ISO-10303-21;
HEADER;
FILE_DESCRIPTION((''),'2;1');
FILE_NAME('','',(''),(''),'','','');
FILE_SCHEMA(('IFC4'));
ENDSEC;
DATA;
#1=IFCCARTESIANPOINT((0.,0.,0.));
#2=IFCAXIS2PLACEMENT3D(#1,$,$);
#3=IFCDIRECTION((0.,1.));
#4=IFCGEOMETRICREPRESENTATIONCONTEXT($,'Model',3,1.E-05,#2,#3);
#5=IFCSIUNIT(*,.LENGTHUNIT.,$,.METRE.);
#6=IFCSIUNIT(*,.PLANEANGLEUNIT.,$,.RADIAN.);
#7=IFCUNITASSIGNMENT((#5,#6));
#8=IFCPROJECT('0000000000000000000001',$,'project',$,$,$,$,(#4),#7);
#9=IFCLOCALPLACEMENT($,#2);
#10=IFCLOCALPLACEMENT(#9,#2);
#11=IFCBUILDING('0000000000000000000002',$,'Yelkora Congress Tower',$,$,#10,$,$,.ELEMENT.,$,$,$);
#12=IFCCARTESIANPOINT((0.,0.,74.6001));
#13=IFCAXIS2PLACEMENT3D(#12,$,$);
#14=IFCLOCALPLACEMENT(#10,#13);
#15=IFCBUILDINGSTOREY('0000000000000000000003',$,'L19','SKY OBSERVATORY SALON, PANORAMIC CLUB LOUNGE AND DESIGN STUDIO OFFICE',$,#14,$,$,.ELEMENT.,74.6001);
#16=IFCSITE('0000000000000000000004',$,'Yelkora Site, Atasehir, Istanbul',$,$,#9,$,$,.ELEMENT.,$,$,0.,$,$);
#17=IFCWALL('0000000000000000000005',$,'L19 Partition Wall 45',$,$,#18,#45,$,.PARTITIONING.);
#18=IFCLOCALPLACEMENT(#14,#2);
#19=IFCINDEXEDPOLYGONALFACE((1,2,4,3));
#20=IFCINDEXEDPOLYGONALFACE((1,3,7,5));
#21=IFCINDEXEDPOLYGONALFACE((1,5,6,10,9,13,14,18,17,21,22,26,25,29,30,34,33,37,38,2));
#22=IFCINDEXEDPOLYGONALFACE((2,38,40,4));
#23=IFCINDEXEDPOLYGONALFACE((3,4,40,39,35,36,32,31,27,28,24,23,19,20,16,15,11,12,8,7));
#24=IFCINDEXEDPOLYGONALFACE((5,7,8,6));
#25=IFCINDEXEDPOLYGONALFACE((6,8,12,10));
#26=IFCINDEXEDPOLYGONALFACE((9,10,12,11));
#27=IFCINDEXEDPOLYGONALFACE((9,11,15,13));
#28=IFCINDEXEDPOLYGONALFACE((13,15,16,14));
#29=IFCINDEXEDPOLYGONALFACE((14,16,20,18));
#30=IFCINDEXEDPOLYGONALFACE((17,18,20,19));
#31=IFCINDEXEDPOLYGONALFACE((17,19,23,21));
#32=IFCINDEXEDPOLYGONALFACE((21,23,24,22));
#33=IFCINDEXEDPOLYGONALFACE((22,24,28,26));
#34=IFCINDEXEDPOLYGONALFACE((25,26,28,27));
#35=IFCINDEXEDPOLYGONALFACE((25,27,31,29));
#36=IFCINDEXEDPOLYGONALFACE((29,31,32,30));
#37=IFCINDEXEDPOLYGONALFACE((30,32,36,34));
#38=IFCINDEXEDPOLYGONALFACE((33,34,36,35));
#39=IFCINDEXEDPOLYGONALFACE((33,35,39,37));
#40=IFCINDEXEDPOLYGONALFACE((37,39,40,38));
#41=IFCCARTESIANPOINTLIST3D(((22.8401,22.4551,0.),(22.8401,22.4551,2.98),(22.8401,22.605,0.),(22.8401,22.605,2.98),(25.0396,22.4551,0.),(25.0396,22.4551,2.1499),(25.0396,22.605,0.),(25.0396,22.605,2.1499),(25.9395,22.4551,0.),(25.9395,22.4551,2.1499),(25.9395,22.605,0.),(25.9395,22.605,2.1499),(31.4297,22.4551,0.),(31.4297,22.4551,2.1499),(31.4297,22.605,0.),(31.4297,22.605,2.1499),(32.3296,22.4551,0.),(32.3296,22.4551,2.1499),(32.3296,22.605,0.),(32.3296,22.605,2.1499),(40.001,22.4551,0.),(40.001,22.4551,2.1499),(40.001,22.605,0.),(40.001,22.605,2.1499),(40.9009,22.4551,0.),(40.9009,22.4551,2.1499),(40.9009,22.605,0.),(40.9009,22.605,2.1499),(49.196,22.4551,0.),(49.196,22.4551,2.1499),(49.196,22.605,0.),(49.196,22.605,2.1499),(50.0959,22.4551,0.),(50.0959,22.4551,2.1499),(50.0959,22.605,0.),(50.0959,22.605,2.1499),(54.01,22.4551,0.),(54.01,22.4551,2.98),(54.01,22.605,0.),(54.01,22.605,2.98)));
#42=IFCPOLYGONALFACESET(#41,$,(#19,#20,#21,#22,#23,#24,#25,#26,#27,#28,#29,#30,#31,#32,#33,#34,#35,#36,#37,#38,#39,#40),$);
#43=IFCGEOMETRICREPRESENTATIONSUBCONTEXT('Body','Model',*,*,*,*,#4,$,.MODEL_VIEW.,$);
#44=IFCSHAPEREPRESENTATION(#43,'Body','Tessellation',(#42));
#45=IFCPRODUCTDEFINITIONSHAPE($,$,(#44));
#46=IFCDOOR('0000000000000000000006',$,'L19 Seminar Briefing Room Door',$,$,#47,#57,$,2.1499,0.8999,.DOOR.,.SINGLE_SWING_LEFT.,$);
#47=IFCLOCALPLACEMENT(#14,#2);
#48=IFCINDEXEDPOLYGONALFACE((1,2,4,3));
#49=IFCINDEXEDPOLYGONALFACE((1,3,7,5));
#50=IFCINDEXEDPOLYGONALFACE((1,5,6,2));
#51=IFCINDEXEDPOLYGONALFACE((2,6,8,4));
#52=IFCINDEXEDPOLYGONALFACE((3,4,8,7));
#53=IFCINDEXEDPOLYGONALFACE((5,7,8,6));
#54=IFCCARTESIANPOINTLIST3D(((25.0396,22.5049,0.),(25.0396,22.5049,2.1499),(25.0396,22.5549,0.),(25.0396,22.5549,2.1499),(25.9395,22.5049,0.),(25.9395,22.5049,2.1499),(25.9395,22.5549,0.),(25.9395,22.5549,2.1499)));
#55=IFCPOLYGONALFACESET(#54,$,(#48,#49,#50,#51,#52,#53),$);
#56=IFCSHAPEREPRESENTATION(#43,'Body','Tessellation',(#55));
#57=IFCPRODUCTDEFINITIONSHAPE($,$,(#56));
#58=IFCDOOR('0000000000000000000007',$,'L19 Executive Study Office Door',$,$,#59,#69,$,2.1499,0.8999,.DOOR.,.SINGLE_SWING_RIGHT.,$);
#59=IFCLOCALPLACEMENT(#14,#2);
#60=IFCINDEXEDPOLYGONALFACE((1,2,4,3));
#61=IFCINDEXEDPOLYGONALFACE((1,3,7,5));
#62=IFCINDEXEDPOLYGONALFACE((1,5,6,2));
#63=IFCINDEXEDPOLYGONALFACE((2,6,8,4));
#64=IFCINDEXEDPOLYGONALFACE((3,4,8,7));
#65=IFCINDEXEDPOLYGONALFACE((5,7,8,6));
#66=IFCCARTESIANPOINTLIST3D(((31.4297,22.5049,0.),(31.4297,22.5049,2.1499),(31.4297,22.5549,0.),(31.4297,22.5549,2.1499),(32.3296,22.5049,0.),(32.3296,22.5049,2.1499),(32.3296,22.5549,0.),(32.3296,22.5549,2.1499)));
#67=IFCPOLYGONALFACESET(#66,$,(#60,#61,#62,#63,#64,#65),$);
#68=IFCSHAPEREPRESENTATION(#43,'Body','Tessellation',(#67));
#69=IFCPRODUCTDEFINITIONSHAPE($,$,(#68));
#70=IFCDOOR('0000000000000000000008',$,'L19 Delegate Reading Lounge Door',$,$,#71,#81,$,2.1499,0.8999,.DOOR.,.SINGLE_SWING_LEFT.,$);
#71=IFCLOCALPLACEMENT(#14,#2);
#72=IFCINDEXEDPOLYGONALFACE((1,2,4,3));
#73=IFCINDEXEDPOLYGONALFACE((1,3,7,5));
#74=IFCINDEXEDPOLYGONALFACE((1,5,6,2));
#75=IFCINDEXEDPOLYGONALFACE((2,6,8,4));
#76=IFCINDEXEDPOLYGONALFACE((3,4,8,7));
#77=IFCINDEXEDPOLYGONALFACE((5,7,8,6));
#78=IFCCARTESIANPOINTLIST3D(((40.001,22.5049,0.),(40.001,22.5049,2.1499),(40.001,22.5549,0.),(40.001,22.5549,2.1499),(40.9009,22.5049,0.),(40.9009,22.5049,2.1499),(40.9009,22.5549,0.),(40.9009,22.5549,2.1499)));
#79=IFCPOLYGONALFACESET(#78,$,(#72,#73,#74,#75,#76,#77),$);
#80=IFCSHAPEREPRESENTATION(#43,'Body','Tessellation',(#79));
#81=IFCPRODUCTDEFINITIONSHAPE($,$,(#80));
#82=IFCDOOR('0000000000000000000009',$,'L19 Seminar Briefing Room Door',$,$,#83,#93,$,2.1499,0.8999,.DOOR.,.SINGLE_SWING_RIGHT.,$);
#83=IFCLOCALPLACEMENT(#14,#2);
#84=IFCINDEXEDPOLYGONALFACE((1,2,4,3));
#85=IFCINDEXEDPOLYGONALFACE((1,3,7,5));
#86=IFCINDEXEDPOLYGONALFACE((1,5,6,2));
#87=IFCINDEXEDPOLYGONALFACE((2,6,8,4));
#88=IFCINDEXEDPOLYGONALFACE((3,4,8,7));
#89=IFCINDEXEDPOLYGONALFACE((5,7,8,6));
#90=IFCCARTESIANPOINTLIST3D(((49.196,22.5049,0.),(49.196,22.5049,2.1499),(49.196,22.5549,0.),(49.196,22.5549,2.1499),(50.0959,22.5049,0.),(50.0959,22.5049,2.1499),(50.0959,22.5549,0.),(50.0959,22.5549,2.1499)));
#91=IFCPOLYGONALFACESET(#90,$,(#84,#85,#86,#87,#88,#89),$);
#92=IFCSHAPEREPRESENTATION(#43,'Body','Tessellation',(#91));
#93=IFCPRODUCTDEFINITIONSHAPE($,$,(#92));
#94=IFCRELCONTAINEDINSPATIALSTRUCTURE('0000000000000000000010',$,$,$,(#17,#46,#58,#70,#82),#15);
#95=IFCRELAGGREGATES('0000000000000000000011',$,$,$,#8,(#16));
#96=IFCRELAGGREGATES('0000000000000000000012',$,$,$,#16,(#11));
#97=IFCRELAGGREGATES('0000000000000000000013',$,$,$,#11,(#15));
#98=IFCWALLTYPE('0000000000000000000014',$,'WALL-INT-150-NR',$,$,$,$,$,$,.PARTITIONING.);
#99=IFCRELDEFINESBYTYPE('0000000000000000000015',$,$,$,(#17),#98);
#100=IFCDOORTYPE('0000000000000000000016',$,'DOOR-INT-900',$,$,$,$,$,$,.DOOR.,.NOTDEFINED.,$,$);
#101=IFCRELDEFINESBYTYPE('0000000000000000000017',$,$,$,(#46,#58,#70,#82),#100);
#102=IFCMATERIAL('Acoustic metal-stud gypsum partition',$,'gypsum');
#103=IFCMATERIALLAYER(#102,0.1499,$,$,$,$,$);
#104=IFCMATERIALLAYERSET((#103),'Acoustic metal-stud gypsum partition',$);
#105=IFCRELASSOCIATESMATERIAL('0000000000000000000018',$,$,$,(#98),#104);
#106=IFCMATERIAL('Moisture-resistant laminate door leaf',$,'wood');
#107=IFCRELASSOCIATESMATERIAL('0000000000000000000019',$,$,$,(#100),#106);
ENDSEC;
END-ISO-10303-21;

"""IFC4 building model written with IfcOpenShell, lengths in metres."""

from ifc_helpers import new_model, si_unit, direction, frame, frame_2d, origin, place, context, subcontext, project, spatial, rectangle, extrude, material, layer, layer_set, type_object, element, fill, save


model = new_model("IFC4")

# Units and contexts
model_context = context("Model", 3, precision=1e-05, world=origin(), true_north=direction((0.0, 1.0)))
body_context = subcontext(model_context, "Body", "Model", "MODEL_VIEW")
ifc_project = project(units=[si_unit("LENGTHUNIT", "METRE"), si_unit("PLANEANGLEUNIT", "RADIAN")], contexts=[model_context])

# Site, building, storey
site_placement = place(None, origin())
site = spatial("IfcSite", under=ifc_project, at=site_placement, Name="Yelkora Site, Atasehir, Istanbul", CompositionType="ELEMENT", RefElevation=0.0)
building_placement = place(site_placement, origin())
building = spatial("IfcBuilding", under=site, at=building_placement, Name="Yelkora Congress Tower", CompositionType="ELEMENT")
storey_placement = place(building_placement, frame((0.0, 0.0, 74.6001)))
storey = spatial("IfcBuildingStorey", under=building, at=storey_placement, Name="L19", Description="SKY OBSERVATORY SALON, PANORAMIC CLUB LOUNGE AND DESIGN STUDIO OFFICE", CompositionType="ELEMENT", Elevation=74.6001)

# Shared definitions
ifc_material_1 = material(Name="Acoustic metal-stud gypsum partition", Category="gypsum")
ifc_layer_1 = layer(ifc_material_1, 0.1499)
ifc_layer_set_1 = layer_set([ifc_layer_1], Name="Acoustic metal-stud gypsum partition")
wall_type_1 = type_object("IfcWallType", Name="WALL-INT-150-NR", PredefinedType="PARTITIONING", material=ifc_layer_set_1)
ifc_material_2 = material(Name="Moisture-resistant laminate door leaf", Category="wood")
door_type = type_object("IfcDoorType", Name="DOOR-INT-900", OperationType="NOTDEFINED", PredefinedType="DOOR", material=ifc_material_2)

# Wall, openings, doors
wall_1_placement = place(storey_placement, frame((22.8401, 22.53, 0.0), z_axis=(0.0, 0.0, 1.0), x_axis=(1.0, 0.0, 0.0)))
wall_1 = element("IfcWall", 1, at=wall_1_placement, inside=storey, type_object=wall_type_1, Name="L19 Partition Wall 45", PredefinedType="PARTITIONING", context=body_context, shape_type="SweptSolid", body=[
    extrude(rectangle(XDim=31.1699, YDim=0.1499, at=frame_2d((15.585, 0.0))), origin(), (0.0, 0.0, 1.0), 2.98),
])
opening_1_placement = place(wall_1_placement, frame((2.1995, 0.0, 0.0)))
opening_1 = element("IfcOpeningElement", 2, at=opening_1_placement, cuts=wall_1, PredefinedType="OPENING", context=body_context, shape_type="SweptSolid", body=[
    extrude(rectangle(XDim=0.8999, YDim=2.1499, at=frame_2d((0.45, 1.075))), frame((0.0, 0.085, 0.0), z_axis=(0.0, -1.0, 0.0), x_axis=(1.0, 0.0, 0.0)), (0.0, 0.0, 1.0), 0.1699),
])
opening_2_placement = place(wall_1_placement, frame((8.5896, 0.0, 0.0)))
opening_2 = element("IfcOpeningElement", 3, at=opening_2_placement, cuts=wall_1, PredefinedType="OPENING", context=body_context, shape_type="SweptSolid", body=[
    extrude(rectangle(XDim=0.8999, YDim=2.1499, at=frame_2d((0.45, 1.075))), frame((0.0, 0.085, 0.0), z_axis=(0.0, -1.0, 0.0), x_axis=(1.0, 0.0, 0.0)), (0.0, 0.0, 1.0), 0.1699),
])
opening_3_placement = place(wall_1_placement, frame((17.1609, 0.0, 0.0)))
opening_3 = element("IfcOpeningElement", 4, at=opening_3_placement, cuts=wall_1, PredefinedType="OPENING", context=body_context, shape_type="SweptSolid", body=[
    extrude(rectangle(XDim=0.8999, YDim=2.1499, at=frame_2d((0.45, 1.075))), frame((0.0, 0.085, 0.0), z_axis=(0.0, -1.0, 0.0), x_axis=(1.0, 0.0, 0.0)), (0.0, 0.0, 1.0), 0.1699),
])
opening_4_placement = place(wall_1_placement, frame((26.356, 0.0, 0.0)))
opening_4 = element("IfcOpeningElement", 5, at=opening_4_placement, cuts=wall_1, PredefinedType="OPENING", context=body_context, shape_type="SweptSolid", body=[
    extrude(rectangle(XDim=0.8999, YDim=2.1499, at=frame_2d((0.45, 1.075))), frame((0.0, 0.085, 0.0), z_axis=(0.0, -1.0, 0.0), x_axis=(1.0, 0.0, 0.0)), (0.0, 0.0, 1.0), 0.1699),
])
door_1_placement = place(opening_1_placement, origin())
door_1 = element("IfcDoor", 6, at=door_1_placement, inside=storey, type_object=door_type, Name="L19 Seminar Briefing Room Door", OperationType="SINGLE_SWING_LEFT", OverallHeight=2.1499, OverallWidth=0.8999, PredefinedType="DOOR", context=body_context, shape_type="SweptSolid", body=[
    extrude(rectangle(XDim=0.8999, YDim=2.1499, at=frame_2d((0.45, 1.075))), frame((0.0, 0.0249, 0.0), z_axis=(0.0, -1.0, 0.0), x_axis=(1.0, 0.0, 0.0)), (0.0, 0.0, 1.0), 0.05),
])
fill(opening_1, door_1)
door_2_placement = place(opening_2_placement, origin())
door_2 = element("IfcDoor", 7, at=door_2_placement, inside=storey, type_object=door_type, Name="L19 Executive Study Office Door", OperationType="SINGLE_SWING_RIGHT", OverallHeight=2.1499, OverallWidth=0.8999, PredefinedType="DOOR", context=body_context, shape_type="SweptSolid", body=[
    extrude(rectangle(XDim=0.8999, YDim=2.1499, at=frame_2d((0.45, 1.075))), frame((0.0, 0.0249, 0.0), z_axis=(0.0, -1.0, 0.0), x_axis=(1.0, 0.0, 0.0)), (0.0, 0.0, 1.0), 0.05),
])
fill(opening_2, door_2)
door_3_placement = place(opening_3_placement, origin())
door_3 = element("IfcDoor", 8, at=door_3_placement, inside=storey, type_object=door_type, Name="L19 Delegate Reading Lounge Door", OperationType="SINGLE_SWING_LEFT", OverallHeight=2.1499, OverallWidth=0.8999, PredefinedType="DOOR", context=body_context, shape_type="SweptSolid", body=[
    extrude(rectangle(XDim=0.8999, YDim=2.1499, at=frame_2d((0.45, 1.075))), frame((0.0, 0.0249, 0.0), z_axis=(0.0, -1.0, 0.0), x_axis=(1.0, 0.0, 0.0)), (0.0, 0.0, 1.0), 0.05),
])
fill(opening_3, door_3)
door_4_placement = place(opening_4_placement, origin())
door_4 = element("IfcDoor", 9, at=door_4_placement, inside=storey, type_object=door_type, Name="L19 Seminar Briefing Room Door", OperationType="SINGLE_SWING_RIGHT", OverallHeight=2.1499, OverallWidth=0.8999, PredefinedType="DOOR", context=body_context, shape_type="SweptSolid", body=[
    extrude(rectangle(XDim=0.8999, YDim=2.1499, at=frame_2d((0.45, 1.075))), frame((0.0, 0.0249, 0.0), z_axis=(0.0, -1.0, 0.0), x_axis=(1.0, 0.0, 0.0)), (0.0, 0.0, 1.0), 0.05),
])
fill(opening_4, door_4)

save(model, "model.ifc")
